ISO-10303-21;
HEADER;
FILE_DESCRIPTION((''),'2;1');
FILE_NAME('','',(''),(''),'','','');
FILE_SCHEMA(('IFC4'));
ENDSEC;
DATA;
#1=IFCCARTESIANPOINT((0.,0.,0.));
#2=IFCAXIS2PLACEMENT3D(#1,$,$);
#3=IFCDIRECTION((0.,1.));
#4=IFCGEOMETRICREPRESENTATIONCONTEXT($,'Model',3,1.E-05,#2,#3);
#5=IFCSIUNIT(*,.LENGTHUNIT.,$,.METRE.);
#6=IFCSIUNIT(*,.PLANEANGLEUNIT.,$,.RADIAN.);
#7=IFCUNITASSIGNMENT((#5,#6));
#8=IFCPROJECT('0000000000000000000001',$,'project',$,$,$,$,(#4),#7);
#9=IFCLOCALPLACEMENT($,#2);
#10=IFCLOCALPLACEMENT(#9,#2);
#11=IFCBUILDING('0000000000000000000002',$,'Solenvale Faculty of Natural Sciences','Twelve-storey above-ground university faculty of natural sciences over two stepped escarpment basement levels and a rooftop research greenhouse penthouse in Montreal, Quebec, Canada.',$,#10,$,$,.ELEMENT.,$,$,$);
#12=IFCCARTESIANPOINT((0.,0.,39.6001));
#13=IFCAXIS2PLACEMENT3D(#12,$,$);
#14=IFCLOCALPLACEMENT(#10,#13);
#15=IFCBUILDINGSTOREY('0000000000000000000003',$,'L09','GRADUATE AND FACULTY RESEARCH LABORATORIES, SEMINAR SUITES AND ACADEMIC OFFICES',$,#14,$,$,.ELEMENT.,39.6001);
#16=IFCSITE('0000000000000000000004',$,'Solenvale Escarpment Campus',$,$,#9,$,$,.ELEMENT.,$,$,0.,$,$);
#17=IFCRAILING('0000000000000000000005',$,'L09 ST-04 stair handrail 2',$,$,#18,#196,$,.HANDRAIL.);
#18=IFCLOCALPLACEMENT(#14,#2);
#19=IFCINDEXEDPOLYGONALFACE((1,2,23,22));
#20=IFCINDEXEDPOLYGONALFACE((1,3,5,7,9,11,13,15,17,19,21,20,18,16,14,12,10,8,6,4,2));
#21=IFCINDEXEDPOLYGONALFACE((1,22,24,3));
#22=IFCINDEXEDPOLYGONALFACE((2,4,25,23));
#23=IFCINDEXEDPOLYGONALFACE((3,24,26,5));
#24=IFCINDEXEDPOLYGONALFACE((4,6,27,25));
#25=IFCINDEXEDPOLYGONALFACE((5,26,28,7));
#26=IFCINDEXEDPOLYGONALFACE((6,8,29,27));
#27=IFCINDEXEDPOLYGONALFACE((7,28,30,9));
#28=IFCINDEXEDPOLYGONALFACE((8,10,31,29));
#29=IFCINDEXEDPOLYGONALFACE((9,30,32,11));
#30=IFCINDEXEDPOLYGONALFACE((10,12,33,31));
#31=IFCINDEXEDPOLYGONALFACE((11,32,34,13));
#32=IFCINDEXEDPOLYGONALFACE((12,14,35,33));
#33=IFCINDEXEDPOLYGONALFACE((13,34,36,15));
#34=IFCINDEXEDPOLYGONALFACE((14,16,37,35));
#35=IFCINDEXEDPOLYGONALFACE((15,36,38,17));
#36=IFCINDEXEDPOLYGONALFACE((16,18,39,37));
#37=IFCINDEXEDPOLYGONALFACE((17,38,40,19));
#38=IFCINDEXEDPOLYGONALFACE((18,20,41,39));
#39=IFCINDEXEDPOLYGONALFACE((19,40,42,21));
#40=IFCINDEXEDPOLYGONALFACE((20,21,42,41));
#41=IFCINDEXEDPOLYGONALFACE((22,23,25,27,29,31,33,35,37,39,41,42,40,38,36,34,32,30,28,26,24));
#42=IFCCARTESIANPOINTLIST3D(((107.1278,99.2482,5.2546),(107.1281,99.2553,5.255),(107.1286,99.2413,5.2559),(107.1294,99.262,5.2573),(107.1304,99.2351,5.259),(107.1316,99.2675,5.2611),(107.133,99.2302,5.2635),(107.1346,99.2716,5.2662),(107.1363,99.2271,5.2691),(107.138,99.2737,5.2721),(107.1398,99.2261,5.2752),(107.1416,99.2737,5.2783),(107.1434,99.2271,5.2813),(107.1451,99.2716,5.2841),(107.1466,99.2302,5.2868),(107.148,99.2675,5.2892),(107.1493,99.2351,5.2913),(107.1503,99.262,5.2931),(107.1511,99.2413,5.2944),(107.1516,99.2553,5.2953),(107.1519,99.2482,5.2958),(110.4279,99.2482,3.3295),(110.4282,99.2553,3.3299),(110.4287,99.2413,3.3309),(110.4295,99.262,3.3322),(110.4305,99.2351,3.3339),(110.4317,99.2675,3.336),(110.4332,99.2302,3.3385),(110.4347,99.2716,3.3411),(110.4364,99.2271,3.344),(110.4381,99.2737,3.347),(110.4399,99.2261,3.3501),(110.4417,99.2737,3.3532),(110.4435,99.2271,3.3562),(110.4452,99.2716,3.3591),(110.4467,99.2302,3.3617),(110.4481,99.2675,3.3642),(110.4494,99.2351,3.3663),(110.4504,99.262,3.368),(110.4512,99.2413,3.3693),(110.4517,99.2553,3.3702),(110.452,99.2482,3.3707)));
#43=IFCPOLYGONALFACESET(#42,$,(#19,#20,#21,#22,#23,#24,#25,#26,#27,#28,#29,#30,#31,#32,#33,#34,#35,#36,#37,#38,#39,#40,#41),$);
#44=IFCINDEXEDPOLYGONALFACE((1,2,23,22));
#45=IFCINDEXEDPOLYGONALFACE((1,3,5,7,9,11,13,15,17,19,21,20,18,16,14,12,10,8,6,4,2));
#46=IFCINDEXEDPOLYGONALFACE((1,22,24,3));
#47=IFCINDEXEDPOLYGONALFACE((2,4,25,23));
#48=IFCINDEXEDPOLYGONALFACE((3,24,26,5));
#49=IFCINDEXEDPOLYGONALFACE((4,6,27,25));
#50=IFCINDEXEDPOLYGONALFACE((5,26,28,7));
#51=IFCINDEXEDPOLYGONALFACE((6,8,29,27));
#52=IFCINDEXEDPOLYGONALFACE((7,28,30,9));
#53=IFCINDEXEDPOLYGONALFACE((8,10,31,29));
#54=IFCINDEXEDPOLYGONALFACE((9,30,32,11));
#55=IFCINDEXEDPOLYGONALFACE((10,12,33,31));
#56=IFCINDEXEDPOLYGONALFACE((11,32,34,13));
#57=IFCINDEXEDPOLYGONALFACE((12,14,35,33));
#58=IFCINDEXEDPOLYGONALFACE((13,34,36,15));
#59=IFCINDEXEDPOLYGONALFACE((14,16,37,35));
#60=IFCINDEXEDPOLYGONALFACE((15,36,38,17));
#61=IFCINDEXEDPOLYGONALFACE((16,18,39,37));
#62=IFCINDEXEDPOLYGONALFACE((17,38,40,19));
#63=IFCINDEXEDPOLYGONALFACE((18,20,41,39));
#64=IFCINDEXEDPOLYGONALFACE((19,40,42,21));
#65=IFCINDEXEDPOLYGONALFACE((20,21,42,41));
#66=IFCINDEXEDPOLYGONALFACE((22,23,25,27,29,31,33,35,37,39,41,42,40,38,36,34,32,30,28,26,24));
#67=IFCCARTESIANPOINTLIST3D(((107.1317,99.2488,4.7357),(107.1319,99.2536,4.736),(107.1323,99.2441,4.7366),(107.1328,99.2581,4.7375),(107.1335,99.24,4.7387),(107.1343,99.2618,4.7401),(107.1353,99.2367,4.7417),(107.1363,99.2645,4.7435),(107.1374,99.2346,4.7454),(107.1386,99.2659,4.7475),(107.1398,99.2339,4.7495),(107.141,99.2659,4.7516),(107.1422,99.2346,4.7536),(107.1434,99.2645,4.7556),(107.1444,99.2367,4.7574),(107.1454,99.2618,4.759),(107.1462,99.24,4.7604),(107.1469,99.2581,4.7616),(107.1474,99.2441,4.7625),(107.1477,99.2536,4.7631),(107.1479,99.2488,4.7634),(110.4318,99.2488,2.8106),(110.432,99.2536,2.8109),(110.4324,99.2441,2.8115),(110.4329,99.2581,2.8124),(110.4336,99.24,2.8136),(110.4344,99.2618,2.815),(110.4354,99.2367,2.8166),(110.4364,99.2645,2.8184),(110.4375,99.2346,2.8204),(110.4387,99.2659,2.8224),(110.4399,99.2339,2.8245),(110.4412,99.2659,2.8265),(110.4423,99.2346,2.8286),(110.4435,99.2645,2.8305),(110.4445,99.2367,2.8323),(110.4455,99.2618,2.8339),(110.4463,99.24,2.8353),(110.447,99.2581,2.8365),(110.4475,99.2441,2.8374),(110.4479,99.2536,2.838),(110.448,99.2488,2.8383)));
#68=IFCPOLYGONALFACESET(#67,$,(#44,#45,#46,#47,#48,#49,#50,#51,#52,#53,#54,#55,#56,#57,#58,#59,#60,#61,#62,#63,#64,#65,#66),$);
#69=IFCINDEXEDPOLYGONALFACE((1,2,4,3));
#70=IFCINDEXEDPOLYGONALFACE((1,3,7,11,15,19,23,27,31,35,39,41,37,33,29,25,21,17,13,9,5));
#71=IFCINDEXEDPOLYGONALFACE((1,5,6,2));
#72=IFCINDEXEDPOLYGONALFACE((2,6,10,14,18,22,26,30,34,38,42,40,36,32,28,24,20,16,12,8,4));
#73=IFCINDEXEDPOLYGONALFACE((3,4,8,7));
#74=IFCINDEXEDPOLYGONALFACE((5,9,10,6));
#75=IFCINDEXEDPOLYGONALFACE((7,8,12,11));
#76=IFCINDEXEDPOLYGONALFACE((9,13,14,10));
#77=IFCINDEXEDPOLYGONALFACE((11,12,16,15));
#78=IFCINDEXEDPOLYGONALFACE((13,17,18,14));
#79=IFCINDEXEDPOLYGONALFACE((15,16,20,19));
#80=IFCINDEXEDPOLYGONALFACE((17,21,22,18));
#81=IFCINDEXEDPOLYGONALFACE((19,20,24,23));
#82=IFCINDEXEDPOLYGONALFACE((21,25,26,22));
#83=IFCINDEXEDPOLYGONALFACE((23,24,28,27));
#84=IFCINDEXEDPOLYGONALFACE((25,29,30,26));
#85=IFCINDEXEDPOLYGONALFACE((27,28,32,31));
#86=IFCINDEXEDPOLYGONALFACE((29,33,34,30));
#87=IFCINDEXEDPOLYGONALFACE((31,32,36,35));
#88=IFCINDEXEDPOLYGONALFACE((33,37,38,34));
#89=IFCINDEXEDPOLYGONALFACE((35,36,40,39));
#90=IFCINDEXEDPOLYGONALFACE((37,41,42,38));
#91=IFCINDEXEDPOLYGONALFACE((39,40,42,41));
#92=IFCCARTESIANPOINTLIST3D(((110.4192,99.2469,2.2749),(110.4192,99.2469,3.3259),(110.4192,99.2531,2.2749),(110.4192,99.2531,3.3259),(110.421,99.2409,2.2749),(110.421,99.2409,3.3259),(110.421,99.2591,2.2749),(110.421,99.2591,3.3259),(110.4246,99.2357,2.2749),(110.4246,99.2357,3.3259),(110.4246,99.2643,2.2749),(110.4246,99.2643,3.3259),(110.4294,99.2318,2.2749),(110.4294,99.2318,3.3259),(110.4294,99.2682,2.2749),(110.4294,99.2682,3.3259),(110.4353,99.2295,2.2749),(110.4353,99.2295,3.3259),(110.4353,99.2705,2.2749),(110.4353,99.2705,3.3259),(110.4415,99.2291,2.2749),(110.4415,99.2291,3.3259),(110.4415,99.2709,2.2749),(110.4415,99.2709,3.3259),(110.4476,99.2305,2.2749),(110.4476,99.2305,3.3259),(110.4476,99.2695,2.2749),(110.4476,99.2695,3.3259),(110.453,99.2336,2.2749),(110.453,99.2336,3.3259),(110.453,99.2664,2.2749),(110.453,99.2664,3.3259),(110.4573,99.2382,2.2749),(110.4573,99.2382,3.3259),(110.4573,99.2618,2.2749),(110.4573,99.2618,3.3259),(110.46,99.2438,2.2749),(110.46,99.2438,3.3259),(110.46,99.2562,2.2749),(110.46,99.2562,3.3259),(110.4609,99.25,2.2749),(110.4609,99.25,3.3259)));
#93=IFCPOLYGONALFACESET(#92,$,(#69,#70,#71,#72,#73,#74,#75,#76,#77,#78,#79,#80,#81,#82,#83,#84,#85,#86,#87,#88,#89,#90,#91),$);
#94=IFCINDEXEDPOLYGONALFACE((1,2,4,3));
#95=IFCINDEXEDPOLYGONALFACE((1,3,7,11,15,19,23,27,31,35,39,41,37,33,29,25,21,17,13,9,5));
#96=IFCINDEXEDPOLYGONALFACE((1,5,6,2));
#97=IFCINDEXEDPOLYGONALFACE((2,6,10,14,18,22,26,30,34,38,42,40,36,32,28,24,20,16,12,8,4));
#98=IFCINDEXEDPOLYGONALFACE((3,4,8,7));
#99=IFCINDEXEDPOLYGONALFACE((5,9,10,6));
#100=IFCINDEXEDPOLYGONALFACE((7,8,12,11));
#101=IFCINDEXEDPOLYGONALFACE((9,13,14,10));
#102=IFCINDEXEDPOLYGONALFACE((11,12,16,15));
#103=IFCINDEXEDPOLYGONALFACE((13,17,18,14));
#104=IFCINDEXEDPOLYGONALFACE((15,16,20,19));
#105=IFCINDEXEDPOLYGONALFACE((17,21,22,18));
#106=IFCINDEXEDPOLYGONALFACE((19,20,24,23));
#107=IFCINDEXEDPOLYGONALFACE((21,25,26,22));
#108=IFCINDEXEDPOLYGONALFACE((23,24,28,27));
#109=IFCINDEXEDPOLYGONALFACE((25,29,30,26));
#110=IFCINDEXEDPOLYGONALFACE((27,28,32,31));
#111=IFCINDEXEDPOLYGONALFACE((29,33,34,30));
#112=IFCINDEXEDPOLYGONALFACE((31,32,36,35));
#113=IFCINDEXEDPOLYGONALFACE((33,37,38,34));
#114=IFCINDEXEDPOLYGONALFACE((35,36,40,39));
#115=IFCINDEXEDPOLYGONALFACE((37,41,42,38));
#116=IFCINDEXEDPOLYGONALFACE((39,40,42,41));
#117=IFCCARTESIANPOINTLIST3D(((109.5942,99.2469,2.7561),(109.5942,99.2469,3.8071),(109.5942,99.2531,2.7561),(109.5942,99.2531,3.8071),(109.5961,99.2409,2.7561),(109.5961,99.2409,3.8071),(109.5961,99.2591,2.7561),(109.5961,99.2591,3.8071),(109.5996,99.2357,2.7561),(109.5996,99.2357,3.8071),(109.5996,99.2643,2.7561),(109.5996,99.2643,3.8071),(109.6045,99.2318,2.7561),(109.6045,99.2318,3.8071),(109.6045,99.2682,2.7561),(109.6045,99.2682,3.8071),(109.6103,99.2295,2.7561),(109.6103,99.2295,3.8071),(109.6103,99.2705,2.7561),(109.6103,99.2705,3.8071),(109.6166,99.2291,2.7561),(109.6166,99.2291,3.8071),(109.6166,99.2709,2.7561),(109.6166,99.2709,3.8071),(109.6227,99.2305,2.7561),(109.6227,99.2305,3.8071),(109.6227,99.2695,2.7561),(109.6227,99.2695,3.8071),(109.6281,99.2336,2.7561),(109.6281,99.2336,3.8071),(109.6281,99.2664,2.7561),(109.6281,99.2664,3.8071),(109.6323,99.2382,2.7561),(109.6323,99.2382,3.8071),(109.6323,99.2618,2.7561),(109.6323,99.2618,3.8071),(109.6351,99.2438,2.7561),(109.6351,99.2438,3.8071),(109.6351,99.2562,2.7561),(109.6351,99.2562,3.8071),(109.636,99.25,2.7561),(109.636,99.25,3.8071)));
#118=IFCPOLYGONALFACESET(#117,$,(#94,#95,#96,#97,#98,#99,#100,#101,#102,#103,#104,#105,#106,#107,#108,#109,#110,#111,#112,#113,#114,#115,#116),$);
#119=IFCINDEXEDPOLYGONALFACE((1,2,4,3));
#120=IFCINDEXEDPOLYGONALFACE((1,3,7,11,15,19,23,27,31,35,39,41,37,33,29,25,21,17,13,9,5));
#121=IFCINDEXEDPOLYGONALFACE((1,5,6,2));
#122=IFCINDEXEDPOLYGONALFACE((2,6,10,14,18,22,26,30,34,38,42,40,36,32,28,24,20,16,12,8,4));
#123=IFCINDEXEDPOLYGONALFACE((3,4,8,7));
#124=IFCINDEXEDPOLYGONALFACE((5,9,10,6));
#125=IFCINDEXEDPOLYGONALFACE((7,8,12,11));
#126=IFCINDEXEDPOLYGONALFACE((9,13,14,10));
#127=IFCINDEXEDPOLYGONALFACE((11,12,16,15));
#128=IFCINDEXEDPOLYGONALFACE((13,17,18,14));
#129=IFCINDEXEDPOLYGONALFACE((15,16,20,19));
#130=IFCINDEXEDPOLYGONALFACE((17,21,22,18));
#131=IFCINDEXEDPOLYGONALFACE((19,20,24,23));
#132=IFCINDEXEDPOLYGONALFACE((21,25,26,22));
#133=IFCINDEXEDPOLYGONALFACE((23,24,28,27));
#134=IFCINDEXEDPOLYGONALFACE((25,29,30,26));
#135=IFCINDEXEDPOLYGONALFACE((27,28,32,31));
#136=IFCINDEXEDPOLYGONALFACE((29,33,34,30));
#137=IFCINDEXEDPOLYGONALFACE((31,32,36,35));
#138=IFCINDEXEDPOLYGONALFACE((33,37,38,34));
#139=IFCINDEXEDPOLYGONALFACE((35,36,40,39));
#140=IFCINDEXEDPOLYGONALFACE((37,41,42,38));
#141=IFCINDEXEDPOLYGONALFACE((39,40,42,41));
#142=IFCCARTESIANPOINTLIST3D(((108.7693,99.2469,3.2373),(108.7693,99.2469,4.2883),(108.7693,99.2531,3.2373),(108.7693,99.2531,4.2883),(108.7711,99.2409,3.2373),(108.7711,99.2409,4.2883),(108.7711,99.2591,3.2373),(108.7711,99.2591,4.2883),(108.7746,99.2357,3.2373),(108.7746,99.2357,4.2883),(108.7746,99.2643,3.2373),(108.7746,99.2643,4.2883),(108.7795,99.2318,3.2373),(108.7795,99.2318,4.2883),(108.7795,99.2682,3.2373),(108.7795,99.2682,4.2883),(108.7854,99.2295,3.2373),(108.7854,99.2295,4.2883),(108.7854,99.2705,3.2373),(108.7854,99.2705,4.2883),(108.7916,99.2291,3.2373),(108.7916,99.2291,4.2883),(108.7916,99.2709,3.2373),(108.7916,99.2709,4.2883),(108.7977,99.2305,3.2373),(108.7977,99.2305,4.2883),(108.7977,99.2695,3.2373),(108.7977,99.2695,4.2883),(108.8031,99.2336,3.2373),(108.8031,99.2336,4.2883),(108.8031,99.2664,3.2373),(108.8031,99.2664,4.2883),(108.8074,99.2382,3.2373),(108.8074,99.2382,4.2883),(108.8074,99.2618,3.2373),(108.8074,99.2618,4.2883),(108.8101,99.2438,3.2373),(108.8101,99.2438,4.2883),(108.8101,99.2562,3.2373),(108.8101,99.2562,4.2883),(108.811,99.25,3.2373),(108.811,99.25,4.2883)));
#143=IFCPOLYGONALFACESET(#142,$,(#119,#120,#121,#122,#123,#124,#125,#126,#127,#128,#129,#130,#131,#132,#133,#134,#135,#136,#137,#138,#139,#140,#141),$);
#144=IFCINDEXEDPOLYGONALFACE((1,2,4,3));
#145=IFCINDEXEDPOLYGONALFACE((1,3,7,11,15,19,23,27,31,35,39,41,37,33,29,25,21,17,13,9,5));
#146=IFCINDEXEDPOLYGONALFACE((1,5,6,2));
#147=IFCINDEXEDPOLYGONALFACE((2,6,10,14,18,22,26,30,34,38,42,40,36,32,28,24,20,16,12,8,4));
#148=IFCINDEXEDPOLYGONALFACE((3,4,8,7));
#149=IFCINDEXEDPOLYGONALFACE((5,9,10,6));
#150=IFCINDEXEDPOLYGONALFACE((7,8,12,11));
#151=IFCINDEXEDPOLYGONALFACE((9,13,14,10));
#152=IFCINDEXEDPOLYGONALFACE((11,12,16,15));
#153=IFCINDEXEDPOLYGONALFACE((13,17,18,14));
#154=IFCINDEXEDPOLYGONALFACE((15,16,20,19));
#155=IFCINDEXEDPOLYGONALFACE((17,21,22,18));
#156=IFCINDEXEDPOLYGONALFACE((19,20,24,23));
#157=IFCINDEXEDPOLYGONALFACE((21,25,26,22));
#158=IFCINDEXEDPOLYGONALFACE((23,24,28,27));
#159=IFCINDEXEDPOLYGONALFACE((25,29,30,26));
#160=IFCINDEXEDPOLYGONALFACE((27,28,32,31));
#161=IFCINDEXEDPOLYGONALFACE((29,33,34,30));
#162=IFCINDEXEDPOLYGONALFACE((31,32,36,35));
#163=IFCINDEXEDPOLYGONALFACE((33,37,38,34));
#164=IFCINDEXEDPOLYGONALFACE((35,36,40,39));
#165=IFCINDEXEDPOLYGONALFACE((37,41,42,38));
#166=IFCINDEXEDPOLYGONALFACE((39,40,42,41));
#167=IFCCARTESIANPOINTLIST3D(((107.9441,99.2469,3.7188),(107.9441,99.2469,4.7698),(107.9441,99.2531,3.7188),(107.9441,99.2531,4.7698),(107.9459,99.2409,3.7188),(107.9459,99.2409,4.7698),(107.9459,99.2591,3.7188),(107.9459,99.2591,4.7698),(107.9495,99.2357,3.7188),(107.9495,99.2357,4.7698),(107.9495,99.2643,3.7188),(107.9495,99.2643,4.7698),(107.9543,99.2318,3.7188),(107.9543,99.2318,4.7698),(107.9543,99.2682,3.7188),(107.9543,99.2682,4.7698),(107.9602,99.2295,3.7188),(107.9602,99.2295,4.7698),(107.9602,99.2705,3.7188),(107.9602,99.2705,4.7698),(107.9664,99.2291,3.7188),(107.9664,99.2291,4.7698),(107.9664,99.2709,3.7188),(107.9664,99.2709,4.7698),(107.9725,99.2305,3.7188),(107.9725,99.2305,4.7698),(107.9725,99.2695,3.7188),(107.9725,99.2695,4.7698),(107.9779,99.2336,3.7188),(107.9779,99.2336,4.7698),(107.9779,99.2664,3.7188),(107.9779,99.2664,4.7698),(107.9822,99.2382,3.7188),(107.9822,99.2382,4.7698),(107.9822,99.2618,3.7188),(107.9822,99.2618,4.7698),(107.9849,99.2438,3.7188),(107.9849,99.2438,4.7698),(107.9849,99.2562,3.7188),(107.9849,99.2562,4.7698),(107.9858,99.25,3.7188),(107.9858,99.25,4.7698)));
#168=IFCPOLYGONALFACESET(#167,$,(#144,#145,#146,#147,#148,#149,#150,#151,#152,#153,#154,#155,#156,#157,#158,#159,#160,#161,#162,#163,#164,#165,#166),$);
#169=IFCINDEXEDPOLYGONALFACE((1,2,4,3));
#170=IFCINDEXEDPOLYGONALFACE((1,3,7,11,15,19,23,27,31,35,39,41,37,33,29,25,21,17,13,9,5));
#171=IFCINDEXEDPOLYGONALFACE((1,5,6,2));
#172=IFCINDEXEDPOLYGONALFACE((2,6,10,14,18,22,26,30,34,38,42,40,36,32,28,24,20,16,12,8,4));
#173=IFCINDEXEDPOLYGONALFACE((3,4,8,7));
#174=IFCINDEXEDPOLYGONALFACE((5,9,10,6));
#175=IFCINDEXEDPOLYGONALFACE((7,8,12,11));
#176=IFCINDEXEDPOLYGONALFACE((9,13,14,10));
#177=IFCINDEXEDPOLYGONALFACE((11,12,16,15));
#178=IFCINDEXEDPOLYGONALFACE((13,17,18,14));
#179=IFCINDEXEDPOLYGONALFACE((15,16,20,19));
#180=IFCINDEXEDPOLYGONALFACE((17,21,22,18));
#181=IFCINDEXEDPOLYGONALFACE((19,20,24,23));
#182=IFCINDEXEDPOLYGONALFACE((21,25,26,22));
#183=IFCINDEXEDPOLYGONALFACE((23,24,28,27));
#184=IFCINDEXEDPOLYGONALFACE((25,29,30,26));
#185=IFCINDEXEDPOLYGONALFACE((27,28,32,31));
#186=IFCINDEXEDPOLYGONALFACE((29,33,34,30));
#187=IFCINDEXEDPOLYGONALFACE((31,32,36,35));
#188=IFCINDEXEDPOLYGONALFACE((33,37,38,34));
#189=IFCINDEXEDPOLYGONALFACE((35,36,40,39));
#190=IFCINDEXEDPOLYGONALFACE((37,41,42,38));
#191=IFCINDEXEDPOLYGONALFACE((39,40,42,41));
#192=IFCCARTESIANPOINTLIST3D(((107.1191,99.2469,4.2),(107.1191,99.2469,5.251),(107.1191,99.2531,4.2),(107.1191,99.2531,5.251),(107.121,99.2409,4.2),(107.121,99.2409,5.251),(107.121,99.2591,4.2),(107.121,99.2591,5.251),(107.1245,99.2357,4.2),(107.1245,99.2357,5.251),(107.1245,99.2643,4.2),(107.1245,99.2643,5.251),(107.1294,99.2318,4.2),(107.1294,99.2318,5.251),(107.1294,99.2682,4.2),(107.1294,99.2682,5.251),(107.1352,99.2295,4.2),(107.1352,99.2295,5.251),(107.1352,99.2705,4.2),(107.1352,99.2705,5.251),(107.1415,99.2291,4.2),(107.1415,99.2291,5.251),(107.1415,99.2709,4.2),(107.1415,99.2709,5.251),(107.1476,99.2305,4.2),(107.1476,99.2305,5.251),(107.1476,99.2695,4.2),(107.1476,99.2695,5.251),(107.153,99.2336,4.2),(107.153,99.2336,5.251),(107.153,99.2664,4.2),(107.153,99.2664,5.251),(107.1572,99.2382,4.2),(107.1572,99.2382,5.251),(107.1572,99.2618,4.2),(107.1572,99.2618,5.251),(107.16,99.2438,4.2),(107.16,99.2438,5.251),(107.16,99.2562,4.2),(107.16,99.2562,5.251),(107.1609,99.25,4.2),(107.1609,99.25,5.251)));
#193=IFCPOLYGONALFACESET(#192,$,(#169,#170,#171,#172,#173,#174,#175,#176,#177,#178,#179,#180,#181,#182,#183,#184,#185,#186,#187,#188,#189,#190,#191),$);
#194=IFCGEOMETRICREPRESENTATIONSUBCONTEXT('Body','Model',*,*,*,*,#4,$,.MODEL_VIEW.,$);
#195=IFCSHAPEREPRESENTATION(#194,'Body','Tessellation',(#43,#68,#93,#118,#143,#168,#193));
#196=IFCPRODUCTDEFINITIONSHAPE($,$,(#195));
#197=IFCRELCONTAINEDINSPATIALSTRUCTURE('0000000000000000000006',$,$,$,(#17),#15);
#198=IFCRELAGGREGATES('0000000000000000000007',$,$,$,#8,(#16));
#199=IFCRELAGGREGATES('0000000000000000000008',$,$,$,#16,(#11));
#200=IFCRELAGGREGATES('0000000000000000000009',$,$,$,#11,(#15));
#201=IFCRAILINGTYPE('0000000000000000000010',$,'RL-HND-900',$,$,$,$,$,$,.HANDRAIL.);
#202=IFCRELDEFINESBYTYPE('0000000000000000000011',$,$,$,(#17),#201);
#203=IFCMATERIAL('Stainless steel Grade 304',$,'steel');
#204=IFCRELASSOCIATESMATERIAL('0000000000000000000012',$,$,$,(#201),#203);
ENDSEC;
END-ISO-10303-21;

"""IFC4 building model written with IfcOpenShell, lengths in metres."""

from ifc_helpers import new_model, si_unit, direction, frame, origin, origin_2d, place, context, subcontext, project, spatial, circle, extrude, material, type_object, element, save


model = new_model("IFC4")

# Units and contexts
model_context = context("Model", 3, precision=1e-05, world=origin(), true_north=direction((0.0, 1.0)))
body_context = subcontext(model_context, "Body", "Model", "MODEL_VIEW")
ifc_project = project(units=[si_unit("LENGTHUNIT", "METRE"), si_unit("PLANEANGLEUNIT", "RADIAN")], contexts=[model_context])

# Site, building, storey
site_placement = place(None, origin())
site = spatial("IfcSite", under=ifc_project, at=site_placement, Name="Solenvale Escarpment Campus", CompositionType="ELEMENT", RefElevation=0.0)
building_placement = place(site_placement, origin())
building = spatial("IfcBuilding", under=site, at=building_placement, Name="Solenvale Faculty of Natural Sciences", Description="Twelve-storey above-ground university faculty of natural sciences over two stepped escarpment basement levels and a rooftop research greenhouse penthouse in Montreal, Quebec, Canada.", CompositionType="ELEMENT")
storey_placement = place(building_placement, frame((0.0, 0.0, 39.6001)))
storey = spatial("IfcBuildingStorey", under=building, at=storey_placement, Name="L09", Description="GRADUATE AND FACULTY RESEARCH LABORATORIES, SEMINAR SUITES AND ACADEMIC OFFICES", CompositionType="ELEMENT", Elevation=39.6001)

# Railing
ifc_material_1 = material(Name="Stainless steel Grade 304", Category="steel")
railing_type_1 = type_object("IfcRailingType", Name="RL-HND-900", PredefinedType="HANDRAIL", material=ifc_material_1)
railing_1_placement = place(storey_placement, frame((110.4399, 99.25, 2.2749)))
element("IfcRailing", 1, at=railing_1_placement, inside=storey, type_object=railing_type_1, Name="L09 ST-04 stair handrail 2", PredefinedType="HANDRAIL", context=body_context, shape_type="SweptSolid", body=[
    extrude(circle(Radius=0.0239, at=origin_2d()), frame((0.0, 0.0, 1.0752), z_axis=(-0.863777, 0.0, 0.503875), x_axis=(0.0, -1.0, 0.0)), (0.0, 0.0, 1.0), 3.8206),
    extrude(circle(Radius=0.0161, at=origin_2d()), frame((0.0, 0.0, 0.5496), z_axis=(-0.863777, 0.0, 0.503875), x_axis=(0.0, -1.0, 0.0)), (0.0, 0.0, 1.0), 3.8206),
    extrude(circle(Radius=0.021, at=origin_2d()), origin(), (0.0, 0.0, 1.0), 1.051),
    extrude(circle(Radius=0.021, at=origin_2d()), frame((-0.825, 0.0, 0.4812)), (0.0, 0.0, 1.0), 1.051),
    extrude(circle(Radius=0.021, at=origin_2d()), frame((-1.6499, 0.0, 0.9624)), (0.0, 0.0, 1.0), 1.051),
    extrude(circle(Radius=0.021, at=origin_2d()), frame((-2.4751, 0.0, 1.4438)), (0.0, 0.0, 1.0), 1.051),
    extrude(circle(Radius=0.021, at=origin_2d()), frame((-3.3, 0.0, 1.925)), (0.0, 0.0, 1.0), 1.051),
])

save(model, "model.ifc")
